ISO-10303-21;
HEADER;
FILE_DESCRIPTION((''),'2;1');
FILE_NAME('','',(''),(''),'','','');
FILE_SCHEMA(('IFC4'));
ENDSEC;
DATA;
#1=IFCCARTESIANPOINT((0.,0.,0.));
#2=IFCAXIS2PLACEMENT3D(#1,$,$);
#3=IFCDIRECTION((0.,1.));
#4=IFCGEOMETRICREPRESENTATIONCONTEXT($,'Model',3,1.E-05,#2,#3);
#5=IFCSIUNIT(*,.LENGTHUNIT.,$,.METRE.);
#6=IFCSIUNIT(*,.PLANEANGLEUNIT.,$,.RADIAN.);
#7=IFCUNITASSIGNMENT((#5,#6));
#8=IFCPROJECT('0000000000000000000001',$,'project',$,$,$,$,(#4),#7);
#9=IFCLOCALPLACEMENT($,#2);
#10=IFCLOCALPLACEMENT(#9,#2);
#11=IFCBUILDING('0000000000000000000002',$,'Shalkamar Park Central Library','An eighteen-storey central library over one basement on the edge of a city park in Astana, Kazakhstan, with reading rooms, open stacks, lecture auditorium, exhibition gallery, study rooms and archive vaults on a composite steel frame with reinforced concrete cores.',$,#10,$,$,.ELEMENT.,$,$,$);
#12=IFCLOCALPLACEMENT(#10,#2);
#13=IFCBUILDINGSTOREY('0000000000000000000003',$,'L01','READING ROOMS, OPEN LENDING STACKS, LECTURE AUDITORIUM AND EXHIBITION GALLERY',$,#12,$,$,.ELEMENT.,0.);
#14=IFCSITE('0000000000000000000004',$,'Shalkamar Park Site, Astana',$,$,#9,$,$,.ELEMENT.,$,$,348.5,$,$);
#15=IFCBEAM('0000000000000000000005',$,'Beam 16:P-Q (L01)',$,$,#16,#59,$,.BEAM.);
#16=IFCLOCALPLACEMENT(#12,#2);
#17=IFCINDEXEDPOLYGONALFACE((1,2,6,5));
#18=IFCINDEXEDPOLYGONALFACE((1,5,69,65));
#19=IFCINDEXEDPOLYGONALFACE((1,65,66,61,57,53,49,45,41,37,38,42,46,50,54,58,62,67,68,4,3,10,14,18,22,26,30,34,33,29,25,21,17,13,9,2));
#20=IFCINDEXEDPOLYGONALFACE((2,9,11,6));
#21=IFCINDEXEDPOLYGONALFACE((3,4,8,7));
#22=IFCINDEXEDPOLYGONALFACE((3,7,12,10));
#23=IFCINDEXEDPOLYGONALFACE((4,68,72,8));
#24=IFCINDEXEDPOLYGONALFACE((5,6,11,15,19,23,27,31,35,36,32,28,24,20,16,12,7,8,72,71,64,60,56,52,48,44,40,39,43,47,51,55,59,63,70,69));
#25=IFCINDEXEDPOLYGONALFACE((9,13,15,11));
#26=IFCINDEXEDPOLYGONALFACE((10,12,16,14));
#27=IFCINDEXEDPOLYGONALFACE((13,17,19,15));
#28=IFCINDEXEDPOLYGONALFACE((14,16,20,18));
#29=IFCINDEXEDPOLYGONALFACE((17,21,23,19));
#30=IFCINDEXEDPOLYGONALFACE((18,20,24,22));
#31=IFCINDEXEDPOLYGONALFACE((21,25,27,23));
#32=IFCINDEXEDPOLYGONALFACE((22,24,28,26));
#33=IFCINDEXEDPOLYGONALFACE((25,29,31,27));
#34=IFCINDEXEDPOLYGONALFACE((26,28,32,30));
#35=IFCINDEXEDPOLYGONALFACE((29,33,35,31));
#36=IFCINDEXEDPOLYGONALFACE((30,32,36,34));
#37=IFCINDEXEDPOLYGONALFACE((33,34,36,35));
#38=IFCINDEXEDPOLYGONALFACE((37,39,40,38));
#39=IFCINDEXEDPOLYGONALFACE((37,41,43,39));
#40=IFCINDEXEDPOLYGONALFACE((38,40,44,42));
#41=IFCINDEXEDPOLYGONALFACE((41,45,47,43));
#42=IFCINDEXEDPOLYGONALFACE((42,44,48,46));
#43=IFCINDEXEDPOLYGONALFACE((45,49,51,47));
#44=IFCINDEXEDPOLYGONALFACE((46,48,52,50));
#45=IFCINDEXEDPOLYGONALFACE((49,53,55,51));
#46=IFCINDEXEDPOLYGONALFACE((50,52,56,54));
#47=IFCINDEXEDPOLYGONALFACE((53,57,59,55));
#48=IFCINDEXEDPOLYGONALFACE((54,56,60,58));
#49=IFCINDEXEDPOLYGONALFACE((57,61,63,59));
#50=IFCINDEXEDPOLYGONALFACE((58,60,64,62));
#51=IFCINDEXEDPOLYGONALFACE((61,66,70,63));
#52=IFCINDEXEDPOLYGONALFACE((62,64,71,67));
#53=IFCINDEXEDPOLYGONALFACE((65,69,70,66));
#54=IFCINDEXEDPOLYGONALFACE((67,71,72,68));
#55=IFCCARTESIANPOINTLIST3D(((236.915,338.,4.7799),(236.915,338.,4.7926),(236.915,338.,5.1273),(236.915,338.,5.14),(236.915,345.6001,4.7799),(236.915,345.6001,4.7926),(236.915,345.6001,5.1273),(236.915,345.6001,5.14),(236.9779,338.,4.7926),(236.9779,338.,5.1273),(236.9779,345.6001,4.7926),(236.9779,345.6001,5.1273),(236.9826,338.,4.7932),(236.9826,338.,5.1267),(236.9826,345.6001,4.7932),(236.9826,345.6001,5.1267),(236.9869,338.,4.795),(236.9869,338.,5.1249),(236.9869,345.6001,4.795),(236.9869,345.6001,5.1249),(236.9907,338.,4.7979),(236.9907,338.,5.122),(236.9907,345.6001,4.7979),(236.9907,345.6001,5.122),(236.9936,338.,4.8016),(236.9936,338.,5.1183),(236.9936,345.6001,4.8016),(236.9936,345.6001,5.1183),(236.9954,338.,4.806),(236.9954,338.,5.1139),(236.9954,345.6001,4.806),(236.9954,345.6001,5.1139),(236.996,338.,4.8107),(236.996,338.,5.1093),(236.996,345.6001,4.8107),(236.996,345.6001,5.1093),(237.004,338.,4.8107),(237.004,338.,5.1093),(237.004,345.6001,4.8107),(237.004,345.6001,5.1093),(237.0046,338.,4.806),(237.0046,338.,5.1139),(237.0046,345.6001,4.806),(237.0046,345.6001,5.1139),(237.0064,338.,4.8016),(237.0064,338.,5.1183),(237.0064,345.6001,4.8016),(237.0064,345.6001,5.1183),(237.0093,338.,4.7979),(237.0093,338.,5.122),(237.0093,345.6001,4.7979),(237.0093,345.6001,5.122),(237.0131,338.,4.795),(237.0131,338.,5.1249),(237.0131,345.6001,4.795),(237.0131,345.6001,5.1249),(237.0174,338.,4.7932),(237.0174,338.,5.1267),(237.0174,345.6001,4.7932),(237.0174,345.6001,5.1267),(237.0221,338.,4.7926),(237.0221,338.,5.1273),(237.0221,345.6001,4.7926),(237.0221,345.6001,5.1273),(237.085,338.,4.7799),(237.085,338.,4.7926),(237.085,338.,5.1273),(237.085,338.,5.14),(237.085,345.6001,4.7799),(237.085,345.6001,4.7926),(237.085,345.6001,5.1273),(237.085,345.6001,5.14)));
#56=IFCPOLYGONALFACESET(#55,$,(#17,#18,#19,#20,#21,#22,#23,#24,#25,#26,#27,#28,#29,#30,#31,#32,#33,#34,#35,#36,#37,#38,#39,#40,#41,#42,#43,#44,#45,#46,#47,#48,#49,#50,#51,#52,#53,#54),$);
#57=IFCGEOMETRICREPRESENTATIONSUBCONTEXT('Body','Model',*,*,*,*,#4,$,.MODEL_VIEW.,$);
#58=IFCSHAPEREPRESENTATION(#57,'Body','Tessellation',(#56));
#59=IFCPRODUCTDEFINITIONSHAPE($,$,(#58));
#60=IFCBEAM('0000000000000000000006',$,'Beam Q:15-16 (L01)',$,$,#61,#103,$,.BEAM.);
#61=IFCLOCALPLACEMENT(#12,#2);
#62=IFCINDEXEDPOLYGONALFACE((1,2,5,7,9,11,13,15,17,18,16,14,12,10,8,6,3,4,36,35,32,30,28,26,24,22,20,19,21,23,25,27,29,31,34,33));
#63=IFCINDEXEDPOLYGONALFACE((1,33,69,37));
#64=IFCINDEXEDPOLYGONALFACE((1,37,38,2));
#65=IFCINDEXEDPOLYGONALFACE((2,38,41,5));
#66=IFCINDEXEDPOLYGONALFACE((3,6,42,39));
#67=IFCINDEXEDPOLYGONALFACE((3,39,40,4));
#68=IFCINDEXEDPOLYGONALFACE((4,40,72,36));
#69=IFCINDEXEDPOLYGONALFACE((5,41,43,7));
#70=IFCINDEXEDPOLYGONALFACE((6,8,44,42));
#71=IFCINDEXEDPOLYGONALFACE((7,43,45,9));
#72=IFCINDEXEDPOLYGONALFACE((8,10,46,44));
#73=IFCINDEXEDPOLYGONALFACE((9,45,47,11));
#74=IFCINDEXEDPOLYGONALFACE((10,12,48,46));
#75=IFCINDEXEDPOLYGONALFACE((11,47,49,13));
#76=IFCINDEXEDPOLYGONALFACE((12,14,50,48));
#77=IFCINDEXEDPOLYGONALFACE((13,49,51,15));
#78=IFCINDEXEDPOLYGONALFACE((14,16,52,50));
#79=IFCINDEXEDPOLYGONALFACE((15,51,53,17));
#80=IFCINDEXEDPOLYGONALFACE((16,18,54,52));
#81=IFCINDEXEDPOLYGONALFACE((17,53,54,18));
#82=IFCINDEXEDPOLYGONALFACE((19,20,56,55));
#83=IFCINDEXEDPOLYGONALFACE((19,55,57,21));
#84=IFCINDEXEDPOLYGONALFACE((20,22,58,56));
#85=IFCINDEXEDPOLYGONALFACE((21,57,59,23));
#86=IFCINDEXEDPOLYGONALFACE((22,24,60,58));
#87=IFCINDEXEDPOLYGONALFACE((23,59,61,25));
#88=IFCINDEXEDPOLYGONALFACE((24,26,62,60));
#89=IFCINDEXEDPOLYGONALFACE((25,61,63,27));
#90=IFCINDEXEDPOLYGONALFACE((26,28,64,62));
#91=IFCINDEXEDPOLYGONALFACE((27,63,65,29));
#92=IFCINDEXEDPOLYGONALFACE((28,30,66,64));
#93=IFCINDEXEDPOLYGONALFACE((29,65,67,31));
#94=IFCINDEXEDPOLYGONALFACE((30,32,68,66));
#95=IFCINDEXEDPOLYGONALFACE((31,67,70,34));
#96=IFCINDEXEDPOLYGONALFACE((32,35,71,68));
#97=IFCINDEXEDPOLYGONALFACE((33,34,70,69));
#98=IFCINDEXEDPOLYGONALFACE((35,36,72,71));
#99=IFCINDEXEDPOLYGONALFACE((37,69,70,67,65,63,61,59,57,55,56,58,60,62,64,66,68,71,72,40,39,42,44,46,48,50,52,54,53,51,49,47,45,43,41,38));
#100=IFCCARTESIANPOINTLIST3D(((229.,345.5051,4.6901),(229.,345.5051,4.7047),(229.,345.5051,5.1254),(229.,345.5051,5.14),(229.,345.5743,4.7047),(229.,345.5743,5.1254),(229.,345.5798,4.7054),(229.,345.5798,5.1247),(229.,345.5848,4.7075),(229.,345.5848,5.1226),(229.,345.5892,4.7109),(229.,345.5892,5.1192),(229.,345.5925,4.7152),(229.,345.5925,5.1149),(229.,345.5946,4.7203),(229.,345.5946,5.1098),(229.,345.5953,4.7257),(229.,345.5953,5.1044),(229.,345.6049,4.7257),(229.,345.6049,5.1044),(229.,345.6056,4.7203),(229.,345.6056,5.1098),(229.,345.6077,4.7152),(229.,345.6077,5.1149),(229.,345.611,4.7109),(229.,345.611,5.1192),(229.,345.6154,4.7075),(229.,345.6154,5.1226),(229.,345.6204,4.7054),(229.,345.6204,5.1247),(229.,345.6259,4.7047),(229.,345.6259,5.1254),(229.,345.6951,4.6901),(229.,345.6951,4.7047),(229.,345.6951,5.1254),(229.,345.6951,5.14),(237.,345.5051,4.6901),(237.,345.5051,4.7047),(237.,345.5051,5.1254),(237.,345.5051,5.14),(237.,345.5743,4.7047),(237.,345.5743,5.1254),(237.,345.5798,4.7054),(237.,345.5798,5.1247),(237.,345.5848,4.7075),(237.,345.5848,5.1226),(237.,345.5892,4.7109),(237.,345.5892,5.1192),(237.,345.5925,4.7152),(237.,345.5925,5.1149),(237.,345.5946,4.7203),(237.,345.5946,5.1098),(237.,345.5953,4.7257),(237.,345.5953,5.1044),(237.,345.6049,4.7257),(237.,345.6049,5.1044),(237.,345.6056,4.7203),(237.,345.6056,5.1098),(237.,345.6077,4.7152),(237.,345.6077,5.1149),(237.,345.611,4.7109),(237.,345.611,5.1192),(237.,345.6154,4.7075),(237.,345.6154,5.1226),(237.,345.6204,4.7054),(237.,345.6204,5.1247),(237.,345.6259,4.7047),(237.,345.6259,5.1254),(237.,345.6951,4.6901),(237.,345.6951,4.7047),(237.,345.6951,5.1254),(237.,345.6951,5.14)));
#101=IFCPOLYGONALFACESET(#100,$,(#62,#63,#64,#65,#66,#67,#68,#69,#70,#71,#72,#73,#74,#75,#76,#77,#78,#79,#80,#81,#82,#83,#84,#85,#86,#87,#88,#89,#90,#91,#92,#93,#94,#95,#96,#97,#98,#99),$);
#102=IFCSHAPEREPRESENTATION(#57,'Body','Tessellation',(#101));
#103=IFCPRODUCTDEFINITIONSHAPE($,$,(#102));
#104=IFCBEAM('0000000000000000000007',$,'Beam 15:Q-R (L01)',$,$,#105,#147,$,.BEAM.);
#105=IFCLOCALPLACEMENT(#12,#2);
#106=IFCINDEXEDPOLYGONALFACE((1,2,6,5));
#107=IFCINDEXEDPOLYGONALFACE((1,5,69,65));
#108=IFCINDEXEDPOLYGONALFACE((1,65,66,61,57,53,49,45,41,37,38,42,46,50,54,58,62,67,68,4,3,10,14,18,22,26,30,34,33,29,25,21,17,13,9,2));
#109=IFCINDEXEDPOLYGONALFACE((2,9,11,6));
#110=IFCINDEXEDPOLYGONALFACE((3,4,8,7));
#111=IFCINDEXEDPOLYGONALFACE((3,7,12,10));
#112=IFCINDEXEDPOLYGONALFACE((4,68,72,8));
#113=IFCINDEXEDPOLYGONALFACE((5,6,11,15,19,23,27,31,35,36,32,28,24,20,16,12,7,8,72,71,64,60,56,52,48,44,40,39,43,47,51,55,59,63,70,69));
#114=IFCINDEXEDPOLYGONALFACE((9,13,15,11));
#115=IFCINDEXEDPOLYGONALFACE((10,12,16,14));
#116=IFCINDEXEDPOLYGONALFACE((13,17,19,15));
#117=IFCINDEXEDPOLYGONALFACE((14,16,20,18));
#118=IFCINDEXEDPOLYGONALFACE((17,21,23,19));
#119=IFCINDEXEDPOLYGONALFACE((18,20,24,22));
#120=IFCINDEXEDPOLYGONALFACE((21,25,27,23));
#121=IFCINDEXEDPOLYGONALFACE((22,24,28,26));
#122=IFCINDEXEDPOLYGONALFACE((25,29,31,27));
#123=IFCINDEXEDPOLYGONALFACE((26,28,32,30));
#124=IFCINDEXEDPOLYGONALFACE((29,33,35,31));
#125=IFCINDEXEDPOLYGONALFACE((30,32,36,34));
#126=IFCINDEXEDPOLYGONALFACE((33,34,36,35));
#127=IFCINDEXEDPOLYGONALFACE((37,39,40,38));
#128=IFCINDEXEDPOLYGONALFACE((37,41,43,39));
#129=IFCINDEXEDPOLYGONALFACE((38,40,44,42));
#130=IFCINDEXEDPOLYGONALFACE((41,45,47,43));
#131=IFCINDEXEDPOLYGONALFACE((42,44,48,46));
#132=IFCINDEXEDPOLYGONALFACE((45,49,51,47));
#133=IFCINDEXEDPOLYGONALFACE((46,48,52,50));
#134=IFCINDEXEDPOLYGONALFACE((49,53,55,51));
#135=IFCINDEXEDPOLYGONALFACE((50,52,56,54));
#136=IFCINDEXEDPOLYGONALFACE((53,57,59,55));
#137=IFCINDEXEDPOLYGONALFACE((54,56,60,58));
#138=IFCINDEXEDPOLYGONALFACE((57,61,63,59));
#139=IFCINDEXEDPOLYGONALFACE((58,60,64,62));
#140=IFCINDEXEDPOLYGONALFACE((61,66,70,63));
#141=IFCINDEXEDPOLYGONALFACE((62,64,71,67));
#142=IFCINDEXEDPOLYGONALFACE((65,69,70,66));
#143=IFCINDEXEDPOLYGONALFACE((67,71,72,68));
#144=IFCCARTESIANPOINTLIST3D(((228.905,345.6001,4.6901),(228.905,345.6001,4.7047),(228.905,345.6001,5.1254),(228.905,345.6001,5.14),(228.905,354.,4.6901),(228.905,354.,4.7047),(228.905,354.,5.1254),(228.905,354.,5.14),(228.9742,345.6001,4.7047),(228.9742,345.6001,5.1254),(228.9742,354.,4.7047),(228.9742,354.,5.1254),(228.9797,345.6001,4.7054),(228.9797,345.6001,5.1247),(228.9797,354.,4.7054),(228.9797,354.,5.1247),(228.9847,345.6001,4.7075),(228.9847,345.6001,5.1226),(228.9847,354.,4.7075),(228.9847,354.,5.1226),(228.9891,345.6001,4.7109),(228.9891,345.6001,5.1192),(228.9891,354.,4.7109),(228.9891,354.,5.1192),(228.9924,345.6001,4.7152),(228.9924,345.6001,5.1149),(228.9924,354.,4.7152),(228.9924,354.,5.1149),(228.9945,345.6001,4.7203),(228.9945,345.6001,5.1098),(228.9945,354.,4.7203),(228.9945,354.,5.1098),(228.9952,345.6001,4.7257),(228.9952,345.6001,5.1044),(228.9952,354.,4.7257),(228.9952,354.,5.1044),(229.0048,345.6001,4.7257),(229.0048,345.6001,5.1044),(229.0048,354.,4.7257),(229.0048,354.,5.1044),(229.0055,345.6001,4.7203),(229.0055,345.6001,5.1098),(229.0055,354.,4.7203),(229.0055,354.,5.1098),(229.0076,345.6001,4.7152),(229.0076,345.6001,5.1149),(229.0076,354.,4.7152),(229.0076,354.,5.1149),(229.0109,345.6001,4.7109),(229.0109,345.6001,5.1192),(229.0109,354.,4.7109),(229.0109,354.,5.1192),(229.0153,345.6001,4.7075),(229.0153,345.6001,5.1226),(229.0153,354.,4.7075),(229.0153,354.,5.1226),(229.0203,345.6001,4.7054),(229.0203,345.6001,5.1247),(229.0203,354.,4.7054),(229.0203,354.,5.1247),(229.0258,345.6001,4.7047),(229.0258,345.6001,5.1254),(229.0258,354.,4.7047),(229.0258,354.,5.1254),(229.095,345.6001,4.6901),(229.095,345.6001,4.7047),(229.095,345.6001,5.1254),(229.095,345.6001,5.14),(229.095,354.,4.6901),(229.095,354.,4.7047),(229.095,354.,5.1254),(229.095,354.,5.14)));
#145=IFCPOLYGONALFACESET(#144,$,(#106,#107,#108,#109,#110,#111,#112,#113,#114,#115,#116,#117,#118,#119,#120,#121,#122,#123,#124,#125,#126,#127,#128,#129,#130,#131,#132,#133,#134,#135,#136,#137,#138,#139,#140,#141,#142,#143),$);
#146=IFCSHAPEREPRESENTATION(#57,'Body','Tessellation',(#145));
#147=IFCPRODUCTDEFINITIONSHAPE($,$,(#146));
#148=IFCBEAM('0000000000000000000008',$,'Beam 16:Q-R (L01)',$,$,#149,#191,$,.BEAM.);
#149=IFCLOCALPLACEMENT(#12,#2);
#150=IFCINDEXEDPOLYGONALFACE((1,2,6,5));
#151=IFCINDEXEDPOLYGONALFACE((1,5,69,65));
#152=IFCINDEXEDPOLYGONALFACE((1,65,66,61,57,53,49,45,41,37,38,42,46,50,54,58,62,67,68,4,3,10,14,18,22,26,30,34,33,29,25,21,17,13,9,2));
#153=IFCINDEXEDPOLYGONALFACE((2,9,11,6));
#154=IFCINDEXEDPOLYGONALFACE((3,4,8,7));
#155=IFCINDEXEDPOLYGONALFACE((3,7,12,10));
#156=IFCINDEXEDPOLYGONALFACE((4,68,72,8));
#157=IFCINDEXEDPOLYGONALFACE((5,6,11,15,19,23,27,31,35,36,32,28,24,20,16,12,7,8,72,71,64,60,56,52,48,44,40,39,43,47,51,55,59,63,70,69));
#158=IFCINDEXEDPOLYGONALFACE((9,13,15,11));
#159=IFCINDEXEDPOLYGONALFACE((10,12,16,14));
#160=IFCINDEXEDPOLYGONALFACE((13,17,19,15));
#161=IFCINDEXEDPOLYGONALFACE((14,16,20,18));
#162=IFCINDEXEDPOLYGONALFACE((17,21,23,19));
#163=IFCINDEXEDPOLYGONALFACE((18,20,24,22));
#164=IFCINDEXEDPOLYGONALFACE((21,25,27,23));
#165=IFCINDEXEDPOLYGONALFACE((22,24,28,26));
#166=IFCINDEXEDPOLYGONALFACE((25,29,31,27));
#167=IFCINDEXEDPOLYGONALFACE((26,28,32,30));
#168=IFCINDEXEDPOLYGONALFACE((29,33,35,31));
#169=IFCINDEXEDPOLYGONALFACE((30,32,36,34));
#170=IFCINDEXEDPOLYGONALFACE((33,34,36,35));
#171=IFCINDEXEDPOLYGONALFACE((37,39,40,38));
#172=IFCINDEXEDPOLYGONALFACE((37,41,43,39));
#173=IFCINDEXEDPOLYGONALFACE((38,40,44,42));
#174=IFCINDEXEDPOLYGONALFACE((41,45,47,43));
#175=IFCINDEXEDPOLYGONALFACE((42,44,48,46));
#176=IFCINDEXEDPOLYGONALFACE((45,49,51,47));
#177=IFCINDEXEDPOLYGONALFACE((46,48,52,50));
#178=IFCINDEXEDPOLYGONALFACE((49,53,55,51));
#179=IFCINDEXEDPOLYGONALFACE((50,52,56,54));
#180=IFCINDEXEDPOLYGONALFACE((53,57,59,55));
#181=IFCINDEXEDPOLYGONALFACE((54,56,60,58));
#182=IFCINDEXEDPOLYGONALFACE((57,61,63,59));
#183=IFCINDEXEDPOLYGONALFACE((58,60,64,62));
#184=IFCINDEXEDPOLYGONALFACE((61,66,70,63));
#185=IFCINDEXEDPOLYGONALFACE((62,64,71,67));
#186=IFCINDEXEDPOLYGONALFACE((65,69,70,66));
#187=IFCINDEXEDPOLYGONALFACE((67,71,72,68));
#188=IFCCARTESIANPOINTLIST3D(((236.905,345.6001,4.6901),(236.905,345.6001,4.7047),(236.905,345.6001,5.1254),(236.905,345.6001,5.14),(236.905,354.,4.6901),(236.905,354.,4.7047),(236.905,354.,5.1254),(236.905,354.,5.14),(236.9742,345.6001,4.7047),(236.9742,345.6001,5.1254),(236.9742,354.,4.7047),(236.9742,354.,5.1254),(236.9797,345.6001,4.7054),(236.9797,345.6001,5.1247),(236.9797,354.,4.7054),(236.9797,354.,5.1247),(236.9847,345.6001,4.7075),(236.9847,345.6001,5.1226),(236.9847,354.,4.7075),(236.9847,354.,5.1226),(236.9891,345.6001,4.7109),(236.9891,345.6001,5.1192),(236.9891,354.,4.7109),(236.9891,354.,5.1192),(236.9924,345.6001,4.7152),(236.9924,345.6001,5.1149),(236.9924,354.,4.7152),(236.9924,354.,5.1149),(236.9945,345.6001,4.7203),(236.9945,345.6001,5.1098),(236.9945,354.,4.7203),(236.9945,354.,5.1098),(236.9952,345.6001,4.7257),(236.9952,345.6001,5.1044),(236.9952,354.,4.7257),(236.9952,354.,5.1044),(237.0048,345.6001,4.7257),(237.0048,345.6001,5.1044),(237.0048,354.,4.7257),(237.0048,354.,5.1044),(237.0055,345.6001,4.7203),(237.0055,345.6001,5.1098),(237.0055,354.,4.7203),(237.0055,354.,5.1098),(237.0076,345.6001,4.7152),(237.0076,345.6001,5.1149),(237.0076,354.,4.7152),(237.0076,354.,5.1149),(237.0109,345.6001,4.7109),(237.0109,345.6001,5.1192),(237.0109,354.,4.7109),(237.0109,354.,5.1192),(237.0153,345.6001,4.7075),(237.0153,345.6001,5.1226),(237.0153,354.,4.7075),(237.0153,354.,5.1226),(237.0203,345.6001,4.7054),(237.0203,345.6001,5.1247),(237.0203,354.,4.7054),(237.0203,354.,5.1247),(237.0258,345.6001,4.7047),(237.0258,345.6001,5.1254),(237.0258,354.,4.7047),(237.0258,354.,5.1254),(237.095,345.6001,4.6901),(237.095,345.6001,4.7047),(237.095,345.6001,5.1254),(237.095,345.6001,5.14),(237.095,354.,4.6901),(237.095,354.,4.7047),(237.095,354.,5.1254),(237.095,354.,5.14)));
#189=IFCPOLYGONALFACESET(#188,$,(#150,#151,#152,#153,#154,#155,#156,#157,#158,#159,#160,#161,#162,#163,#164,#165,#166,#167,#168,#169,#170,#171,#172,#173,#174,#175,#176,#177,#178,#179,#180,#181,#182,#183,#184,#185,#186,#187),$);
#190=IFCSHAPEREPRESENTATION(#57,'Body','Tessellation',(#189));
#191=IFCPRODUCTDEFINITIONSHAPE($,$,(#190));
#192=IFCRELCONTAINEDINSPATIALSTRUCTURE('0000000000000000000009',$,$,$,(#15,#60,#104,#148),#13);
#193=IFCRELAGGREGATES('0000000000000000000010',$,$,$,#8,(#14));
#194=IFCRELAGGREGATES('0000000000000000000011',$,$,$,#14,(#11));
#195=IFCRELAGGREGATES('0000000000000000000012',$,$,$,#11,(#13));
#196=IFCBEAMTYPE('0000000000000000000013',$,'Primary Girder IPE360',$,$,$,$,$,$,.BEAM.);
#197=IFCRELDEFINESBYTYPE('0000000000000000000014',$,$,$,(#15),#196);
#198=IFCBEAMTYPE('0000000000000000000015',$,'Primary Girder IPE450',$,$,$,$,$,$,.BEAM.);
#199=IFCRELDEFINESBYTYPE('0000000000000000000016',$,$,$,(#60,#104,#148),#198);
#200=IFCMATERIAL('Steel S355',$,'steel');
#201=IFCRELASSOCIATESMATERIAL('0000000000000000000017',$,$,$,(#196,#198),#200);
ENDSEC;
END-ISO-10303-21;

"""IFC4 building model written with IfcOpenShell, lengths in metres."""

from ifc_helpers import new_model, si_unit, direction, frame, origin, origin_2d, place, context, subcontext, project, spatial, i_section, extrude, material, material_profile, profile_set, type_object, element, save


model = new_model("IFC4")

# Units and contexts
model_context = context("Model", 3, precision=1e-05, world=origin(), true_north=direction((0.0, 1.0)))
body_context = subcontext(model_context, "Body", "Model", "MODEL_VIEW")
ifc_project = project(units=[si_unit("LENGTHUNIT", "METRE"), si_unit("PLANEANGLEUNIT", "RADIAN")], contexts=[model_context])

# Site, building, storey
site_placement = place(None, origin())
site = spatial("IfcSite", under=ifc_project, at=site_placement, Name="Shalkamar Park Site, Astana", CompositionType="ELEMENT", RefElevation=348.5)
building_placement = place(site_placement, origin())
building = spatial("IfcBuilding", under=site, at=building_placement, Name="Shalkamar Park Central Library", Description="An eighteen-storey central library over one basement on the edge of a city park in Astana, Kazakhstan, with reading rooms, open stacks, lecture auditorium, exhibition gallery, study rooms and archive vaults on a composite steel frame with reinforced concrete cores.", CompositionType="ELEMENT")
storey_placement = place(building_placement, origin())
storey = spatial("IfcBuildingStorey", under=building, at=storey_placement, Name="L01", Description="READING ROOMS, OPEN LENDING STACKS, LECTURE AUDITORIUM AND EXHIBITION GALLERY", CompositionType="ELEMENT", Elevation=0.0)

# Shared definitions
ifc_material_1 = material(Name="Steel S355", Category="steel")

# Beams
ifc_material_profile_1 = material_profile(ifc_material_1, i_section(OverallWidth=0.1699, OverallDepth=0.3601, WebThickness=0.0081, FlangeThickness=0.0127, FilletRadius=0.0181, at=origin_2d()), Name="IPE 360")
ifc_profile_set_1 = profile_set([ifc_material_profile_1], Name="Steel S355")
beam_type_1 = type_object("IfcBeamType", Name="Primary Girder IPE360", PredefinedType="BEAM", material=ifc_profile_set_1)
beam_1_placement = place(storey_placement, frame((237.0, 338.0, 4.96), z_axis=(0.0, 1.0, 0.0), x_axis=(-1.0, 0.0, 0.0)))
element("IfcBeam", 1, at=beam_1_placement, inside=storey, type_object=beam_type_1, Name="Beam 16:P-Q (L01)", PredefinedType="BEAM", context=body_context, shape_type="SweptSolid", body=[
    extrude(i_section(OverallWidth=0.1699, OverallDepth=0.3601, WebThickness=0.0081, FlangeThickness=0.0127, FilletRadius=0.0181, at=origin_2d()), origin(), (0.0, 0.0, 1.0), 7.6001),
])
ifc_material_profile_2 = material_profile(ifc_material_1, i_section(OverallWidth=0.1899, OverallDepth=0.45, WebThickness=0.0095, FlangeThickness=0.0146, FilletRadius=0.021, at=origin_2d()), Name="IPE 450")
ifc_profile_set_2 = profile_set([ifc_material_profile_2], Name="Steel S355")
beam_type_2 = type_object("IfcBeamType", Name="Primary Girder IPE450", PredefinedType="BEAM", material=ifc_profile_set_2)
beam_2_placement = place(storey_placement, frame((229.0, 345.6001, 4.915), z_axis=(1.0, 0.0, 0.0), x_axis=(0.0, 1.0, 0.0)))
element("IfcBeam", 2, at=beam_2_placement, inside=storey, type_object=beam_type_2, Name="Beam Q:15-16 (L01)", PredefinedType="BEAM", context=body_context, shape_type="SweptSolid", body=[
    extrude(i_section(OverallWidth=0.1899, OverallDepth=0.45, WebThickness=0.0095, FlangeThickness=0.0146, FilletRadius=0.021, at=origin_2d()), origin(), (0.0, 0.0, 1.0), 8.0),
])
for number, where, z_axis, x_axis, name in (
    (3, (229.0, 345.6001, 4.915), (0.0, 1.0, 0.0), (-1.0, 0.0, 0.0), "Beam 15:Q-R (L01)"),
    (4, (237.0, 345.6001, 4.915), (0.0, 1.0, 0.0), (-1.0, 0.0, 0.0), "Beam 16:Q-R (L01)"),
):
    element("IfcBeam", number, at=place(storey_placement, frame(where, z_axis=z_axis, x_axis=x_axis)), inside=storey, type_object=beam_type_2, Name=name, PredefinedType="BEAM", context=body_context, shape_type="SweptSolid", body=[
        extrude(i_section(OverallWidth=0.1899, OverallDepth=0.45, WebThickness=0.0095, FlangeThickness=0.0146, FilletRadius=0.021, at=origin_2d()), origin(), (0.0, 0.0, 1.0), 8.3999),
    ])

save(model, "model.ifc")
